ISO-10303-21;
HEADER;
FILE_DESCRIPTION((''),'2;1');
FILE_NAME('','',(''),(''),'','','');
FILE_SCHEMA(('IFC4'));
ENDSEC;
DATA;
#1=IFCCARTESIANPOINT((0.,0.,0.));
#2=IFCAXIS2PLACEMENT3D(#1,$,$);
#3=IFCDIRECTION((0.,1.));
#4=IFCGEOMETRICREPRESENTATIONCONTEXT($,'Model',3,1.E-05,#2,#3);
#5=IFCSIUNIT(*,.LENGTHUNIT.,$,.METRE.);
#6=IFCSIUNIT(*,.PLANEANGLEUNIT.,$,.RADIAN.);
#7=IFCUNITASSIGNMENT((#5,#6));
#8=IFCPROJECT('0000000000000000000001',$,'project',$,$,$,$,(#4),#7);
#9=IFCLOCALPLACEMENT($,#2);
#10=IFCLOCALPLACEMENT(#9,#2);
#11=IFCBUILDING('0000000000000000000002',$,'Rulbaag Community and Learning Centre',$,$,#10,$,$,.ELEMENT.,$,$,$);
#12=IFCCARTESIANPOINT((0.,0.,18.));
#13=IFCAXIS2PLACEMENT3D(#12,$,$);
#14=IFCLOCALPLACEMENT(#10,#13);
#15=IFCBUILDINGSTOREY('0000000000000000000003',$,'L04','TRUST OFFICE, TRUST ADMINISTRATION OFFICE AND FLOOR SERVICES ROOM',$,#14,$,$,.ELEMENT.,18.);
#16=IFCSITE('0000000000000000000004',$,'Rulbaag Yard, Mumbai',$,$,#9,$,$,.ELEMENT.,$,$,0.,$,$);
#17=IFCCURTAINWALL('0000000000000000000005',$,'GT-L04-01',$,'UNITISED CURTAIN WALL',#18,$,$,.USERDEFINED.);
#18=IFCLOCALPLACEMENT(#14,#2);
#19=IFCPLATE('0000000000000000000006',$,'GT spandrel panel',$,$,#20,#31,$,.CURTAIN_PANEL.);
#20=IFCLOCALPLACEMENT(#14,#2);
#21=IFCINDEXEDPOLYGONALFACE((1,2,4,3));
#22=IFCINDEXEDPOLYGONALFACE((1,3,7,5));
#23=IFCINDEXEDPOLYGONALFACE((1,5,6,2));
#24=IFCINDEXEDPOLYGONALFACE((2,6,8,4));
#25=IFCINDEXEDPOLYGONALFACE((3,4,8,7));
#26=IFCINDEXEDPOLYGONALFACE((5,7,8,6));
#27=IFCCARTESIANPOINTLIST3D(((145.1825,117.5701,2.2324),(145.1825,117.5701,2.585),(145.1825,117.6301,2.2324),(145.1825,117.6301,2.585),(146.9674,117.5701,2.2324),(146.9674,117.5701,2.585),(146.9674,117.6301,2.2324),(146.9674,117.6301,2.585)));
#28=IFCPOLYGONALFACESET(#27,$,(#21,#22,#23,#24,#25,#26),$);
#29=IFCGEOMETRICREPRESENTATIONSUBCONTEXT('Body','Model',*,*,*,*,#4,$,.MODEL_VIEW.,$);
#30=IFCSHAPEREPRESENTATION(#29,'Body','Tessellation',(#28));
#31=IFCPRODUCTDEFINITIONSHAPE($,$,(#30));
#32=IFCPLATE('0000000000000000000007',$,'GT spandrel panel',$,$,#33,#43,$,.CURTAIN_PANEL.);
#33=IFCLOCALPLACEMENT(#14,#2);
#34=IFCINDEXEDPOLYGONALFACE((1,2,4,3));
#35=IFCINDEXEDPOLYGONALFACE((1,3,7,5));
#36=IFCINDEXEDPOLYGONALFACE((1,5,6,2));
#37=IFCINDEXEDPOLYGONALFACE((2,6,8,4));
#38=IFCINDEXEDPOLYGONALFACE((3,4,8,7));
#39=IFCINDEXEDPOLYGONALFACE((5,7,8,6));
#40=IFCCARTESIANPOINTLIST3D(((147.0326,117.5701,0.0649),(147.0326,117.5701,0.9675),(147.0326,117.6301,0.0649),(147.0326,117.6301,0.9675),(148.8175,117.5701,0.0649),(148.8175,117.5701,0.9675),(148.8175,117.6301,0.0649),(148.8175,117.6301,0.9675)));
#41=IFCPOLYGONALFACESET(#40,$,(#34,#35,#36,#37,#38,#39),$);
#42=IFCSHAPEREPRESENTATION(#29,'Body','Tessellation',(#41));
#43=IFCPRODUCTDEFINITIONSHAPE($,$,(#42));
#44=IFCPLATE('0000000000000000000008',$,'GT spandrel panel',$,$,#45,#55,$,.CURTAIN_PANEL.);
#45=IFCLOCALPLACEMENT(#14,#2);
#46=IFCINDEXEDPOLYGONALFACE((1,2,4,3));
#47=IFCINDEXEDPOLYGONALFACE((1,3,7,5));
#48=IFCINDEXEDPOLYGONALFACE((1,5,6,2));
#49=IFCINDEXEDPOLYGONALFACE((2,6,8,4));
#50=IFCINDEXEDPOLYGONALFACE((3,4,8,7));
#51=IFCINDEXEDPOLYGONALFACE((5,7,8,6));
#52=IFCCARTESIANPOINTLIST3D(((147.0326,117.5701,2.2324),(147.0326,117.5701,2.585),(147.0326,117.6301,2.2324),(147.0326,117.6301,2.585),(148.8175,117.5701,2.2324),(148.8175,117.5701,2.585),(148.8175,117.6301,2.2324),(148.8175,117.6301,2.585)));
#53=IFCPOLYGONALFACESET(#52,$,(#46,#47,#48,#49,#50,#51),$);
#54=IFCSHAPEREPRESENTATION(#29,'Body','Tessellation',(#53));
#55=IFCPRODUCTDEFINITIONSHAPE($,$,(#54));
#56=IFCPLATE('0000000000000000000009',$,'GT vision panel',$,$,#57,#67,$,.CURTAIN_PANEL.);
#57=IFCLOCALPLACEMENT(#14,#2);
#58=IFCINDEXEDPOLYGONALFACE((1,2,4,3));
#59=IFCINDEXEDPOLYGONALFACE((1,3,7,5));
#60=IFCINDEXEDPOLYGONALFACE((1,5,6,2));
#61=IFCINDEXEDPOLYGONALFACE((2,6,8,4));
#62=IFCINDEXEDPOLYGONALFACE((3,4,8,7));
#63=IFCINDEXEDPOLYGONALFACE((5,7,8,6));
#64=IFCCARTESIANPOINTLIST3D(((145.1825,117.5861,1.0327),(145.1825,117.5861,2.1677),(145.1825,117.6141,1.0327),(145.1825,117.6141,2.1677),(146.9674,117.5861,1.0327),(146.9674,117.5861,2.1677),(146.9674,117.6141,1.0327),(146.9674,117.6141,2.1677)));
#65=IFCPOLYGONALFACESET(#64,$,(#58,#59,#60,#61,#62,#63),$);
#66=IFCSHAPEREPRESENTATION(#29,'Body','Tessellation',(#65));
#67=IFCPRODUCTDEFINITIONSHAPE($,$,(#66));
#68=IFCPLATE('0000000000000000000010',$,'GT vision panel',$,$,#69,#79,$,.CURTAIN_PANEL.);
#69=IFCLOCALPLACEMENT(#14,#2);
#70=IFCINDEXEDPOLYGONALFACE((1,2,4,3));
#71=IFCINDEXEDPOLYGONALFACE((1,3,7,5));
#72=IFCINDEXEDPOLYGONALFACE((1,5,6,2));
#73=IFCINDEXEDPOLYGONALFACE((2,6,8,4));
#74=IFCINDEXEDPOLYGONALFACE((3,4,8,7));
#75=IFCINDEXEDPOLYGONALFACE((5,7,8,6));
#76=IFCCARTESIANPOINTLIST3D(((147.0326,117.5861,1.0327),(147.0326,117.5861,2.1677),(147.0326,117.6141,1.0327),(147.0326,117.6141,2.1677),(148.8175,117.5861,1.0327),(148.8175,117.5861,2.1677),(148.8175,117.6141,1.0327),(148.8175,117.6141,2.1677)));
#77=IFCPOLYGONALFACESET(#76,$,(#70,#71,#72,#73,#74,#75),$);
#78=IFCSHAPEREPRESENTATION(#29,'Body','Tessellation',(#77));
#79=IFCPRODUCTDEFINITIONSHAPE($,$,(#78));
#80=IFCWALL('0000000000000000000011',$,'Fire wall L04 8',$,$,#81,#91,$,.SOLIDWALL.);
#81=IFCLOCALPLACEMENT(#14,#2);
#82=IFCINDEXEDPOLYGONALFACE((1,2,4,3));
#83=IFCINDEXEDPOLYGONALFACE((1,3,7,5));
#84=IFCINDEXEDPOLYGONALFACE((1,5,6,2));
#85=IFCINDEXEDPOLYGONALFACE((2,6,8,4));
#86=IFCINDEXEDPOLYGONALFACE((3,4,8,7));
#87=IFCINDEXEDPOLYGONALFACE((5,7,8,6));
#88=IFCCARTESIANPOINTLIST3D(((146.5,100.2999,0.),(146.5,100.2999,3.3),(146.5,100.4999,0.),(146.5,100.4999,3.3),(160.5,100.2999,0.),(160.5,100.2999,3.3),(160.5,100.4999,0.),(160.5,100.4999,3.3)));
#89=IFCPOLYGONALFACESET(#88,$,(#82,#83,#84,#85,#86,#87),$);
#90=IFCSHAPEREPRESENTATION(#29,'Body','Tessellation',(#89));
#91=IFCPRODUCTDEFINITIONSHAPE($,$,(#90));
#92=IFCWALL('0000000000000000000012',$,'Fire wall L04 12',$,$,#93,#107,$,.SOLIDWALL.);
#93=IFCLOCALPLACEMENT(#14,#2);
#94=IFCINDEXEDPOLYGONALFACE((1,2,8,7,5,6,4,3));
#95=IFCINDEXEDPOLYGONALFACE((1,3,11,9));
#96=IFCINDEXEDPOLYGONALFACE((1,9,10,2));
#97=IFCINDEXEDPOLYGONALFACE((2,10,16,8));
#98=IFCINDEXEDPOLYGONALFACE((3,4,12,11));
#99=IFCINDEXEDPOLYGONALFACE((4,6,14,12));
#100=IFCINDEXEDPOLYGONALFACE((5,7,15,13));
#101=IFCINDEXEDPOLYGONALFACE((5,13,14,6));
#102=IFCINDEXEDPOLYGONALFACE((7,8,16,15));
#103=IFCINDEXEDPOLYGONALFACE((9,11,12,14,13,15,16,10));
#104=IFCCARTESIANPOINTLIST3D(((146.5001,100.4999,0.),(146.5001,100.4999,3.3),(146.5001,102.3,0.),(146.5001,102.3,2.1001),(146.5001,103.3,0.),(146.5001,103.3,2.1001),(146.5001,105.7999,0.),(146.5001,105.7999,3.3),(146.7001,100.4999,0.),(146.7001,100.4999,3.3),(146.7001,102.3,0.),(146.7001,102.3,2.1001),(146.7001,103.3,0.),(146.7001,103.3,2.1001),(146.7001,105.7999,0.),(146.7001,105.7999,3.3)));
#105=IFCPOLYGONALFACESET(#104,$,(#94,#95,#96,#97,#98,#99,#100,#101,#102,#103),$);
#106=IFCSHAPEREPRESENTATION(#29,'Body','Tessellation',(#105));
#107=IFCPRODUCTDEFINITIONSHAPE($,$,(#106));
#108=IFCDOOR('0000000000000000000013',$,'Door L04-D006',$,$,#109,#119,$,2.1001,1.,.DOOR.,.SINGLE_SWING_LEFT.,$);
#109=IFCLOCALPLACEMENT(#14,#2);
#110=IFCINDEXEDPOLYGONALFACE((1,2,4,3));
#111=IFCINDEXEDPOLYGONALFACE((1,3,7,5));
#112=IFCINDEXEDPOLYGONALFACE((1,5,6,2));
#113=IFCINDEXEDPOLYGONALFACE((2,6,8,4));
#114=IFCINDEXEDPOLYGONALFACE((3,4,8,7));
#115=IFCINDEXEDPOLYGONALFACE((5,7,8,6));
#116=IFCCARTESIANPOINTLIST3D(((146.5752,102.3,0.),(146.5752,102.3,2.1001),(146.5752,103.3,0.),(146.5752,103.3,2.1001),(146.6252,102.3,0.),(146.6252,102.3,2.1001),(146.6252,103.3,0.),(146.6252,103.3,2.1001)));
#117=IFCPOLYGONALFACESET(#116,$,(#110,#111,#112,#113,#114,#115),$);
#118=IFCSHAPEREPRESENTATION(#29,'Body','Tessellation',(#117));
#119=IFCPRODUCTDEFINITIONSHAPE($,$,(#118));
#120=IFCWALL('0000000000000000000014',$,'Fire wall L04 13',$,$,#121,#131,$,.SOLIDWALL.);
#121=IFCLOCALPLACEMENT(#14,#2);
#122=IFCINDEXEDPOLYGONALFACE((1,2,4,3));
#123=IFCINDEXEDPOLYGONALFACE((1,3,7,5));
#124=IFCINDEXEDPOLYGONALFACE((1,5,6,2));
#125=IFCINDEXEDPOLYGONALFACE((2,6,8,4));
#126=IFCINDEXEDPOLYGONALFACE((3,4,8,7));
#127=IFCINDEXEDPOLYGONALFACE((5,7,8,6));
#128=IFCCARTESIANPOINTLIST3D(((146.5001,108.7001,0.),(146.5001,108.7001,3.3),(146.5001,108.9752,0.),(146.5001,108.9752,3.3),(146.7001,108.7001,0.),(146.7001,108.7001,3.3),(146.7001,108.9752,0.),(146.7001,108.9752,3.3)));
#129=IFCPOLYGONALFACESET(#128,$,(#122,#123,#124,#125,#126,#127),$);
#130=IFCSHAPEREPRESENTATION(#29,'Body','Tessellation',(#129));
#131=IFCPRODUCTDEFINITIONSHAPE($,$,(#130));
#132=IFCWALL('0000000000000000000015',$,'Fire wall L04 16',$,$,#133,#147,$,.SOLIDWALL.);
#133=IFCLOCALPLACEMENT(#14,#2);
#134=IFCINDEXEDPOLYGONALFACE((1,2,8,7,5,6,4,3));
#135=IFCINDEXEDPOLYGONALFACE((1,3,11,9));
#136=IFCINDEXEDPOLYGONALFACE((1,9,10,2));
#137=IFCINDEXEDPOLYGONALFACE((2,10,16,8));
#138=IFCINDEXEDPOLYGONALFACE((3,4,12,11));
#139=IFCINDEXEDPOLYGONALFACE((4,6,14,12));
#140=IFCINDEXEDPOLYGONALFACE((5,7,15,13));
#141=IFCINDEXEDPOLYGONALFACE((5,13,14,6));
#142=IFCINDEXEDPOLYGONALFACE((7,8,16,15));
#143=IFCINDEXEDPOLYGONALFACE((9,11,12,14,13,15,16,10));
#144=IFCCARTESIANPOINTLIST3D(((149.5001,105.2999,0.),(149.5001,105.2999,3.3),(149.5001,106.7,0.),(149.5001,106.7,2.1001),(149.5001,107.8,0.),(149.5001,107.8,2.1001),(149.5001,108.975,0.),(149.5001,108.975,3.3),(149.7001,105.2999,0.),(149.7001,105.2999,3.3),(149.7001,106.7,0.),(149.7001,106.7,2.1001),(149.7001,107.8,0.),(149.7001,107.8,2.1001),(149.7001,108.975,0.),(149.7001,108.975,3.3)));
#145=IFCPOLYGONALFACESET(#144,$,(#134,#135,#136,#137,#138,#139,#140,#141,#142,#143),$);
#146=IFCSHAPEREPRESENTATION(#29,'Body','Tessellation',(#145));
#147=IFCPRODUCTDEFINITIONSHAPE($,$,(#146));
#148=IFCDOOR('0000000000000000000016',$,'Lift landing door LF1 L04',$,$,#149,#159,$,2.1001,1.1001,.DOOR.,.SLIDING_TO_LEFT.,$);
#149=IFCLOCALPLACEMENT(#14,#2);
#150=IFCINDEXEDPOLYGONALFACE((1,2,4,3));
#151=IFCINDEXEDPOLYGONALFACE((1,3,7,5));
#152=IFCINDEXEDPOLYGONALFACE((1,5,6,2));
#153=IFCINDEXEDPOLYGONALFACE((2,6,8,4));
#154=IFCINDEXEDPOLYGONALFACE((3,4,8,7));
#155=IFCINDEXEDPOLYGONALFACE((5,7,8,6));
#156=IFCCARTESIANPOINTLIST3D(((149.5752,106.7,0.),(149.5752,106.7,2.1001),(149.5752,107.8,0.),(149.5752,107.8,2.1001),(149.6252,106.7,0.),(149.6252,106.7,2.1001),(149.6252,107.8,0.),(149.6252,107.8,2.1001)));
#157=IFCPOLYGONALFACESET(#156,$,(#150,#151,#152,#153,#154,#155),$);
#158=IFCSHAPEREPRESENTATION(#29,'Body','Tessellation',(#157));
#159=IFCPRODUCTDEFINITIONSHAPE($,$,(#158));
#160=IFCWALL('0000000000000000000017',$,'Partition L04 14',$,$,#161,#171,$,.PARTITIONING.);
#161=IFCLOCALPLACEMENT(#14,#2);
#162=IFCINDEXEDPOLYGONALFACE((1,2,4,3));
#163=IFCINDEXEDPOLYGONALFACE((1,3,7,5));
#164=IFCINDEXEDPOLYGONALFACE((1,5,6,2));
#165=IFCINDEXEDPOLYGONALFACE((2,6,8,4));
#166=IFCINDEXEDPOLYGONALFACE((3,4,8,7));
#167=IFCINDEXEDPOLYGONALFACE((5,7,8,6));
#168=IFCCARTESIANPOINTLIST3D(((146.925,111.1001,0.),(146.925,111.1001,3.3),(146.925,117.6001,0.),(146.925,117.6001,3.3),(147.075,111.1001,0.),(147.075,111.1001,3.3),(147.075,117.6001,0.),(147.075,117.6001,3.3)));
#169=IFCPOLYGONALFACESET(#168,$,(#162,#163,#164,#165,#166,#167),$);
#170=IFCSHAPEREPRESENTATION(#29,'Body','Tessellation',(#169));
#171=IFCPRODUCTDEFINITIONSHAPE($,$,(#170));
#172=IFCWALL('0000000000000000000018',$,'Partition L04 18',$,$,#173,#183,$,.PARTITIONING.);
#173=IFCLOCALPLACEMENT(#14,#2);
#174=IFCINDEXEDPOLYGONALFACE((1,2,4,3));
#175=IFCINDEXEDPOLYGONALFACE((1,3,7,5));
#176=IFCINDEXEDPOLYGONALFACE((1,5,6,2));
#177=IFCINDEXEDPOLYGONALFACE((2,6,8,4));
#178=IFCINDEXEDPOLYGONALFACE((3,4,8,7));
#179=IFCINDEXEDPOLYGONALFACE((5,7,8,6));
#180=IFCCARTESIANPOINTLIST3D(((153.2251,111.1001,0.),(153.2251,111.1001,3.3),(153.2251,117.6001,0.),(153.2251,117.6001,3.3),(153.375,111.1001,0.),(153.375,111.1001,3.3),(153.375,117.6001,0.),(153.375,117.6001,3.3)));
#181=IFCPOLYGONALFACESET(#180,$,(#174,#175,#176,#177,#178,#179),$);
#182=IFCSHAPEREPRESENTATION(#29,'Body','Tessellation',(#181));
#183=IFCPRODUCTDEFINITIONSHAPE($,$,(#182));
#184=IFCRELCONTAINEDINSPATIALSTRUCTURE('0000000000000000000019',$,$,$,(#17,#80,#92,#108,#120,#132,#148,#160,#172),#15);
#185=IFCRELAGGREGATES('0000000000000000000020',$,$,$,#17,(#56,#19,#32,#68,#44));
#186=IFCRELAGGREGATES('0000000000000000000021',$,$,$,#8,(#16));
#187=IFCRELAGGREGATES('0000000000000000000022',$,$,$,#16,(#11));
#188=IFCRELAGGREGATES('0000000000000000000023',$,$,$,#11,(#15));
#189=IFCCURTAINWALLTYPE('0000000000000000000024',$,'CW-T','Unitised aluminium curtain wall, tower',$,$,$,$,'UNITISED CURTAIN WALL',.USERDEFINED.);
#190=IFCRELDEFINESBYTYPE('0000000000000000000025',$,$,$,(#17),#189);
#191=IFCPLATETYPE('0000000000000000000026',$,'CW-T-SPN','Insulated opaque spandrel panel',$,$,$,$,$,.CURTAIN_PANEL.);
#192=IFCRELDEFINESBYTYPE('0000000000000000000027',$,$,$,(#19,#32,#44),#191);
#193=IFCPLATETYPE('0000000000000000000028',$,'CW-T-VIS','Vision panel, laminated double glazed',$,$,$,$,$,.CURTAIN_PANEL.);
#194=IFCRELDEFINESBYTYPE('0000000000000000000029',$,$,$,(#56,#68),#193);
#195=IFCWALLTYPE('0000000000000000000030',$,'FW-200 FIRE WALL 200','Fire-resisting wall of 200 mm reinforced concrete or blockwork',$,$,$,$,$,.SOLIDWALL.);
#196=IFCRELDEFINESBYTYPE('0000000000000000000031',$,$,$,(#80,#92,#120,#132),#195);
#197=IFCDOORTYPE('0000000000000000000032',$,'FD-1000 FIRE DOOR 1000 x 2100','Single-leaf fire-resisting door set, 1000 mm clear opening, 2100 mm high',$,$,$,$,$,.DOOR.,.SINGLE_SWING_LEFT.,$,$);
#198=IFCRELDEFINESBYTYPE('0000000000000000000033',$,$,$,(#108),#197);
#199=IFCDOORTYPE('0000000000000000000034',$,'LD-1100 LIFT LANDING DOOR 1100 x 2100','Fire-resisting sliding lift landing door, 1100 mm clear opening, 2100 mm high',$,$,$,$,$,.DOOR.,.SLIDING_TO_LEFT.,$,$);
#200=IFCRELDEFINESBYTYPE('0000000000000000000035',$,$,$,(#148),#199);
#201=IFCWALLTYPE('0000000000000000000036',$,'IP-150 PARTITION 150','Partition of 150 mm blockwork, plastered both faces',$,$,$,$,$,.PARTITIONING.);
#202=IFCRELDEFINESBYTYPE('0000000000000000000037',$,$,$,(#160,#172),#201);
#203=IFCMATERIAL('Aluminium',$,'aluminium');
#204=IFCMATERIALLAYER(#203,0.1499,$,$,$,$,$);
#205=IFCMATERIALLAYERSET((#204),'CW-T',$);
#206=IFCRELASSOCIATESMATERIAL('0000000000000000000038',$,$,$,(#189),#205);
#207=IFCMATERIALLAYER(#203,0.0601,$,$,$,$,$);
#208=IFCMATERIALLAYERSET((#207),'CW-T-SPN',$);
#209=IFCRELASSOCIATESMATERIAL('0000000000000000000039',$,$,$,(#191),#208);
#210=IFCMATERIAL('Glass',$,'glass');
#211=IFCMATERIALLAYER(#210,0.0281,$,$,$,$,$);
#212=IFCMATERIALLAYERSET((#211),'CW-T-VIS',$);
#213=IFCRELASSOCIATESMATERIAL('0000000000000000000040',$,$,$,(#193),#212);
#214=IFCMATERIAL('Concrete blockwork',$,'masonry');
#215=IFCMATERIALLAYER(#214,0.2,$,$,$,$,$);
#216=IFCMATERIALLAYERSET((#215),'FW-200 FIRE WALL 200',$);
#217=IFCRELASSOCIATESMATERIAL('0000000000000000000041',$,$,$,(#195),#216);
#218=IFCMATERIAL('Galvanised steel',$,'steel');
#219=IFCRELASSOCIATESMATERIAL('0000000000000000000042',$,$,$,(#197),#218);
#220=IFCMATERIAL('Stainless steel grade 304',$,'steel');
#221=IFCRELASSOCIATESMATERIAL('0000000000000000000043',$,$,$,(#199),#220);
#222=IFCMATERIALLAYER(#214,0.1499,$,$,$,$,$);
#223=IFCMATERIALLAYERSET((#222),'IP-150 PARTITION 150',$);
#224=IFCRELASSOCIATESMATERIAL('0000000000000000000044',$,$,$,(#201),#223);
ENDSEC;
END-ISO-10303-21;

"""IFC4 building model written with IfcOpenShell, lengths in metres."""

from ifc_helpers import new_model, si_unit, direction, frame, frame_2d, origin, origin_2d, place, context, subcontext, project, spatial, rectangle, extrude, material, layer, layer_set, type_object, element, fill, aggregate, save


model = new_model("IFC4")

# Units and contexts
model_context = context("Model", 3, precision=1e-05, world=origin(), true_north=direction((0.0, 1.0)))
body_context = subcontext(model_context, "Body", "Model", "MODEL_VIEW")
ifc_project = project(units=[si_unit("LENGTHUNIT", "METRE"), si_unit("PLANEANGLEUNIT", "RADIAN")], contexts=[model_context])

# Site, building, storey
site_placement = place(None, origin())
site = spatial("IfcSite", under=ifc_project, at=site_placement, Name="Rulbaag Yard, Mumbai", CompositionType="ELEMENT", RefElevation=0.0)
building_placement = place(site_placement, origin())
building = spatial("IfcBuilding", under=site, at=building_placement, Name="Rulbaag Community and Learning Centre", CompositionType="ELEMENT")
storey_placement = place(building_placement, frame((0.0, 0.0, 18.0)))
storey = spatial("IfcBuildingStorey", under=building, at=storey_placement, Name="L04", Description="TRUST OFFICE, TRUST ADMINISTRATION OFFICE AND FLOOR SERVICES ROOM", CompositionType="ELEMENT", Elevation=18.0)

# Curtain wall, plates
ifc_material_1 = material(Name="Aluminium", Category="aluminium")
ifc_layer_1 = layer(ifc_material_1, 0.1499)
ifc_layer_set_1 = layer_set([ifc_layer_1], Name="CW-T")
curtain_wall_type = type_object("IfcCurtainWallType", Name="CW-T", Description="Unitised aluminium curtain wall, tower", ElementType="UNITISED CURTAIN WALL", PredefinedType="USERDEFINED", material=ifc_layer_set_1)
curtain_wall_placement = place(storey_placement, origin())
curtain_wall = element("IfcCurtainWall", 1, at=curtain_wall_placement, inside=storey, type_object=curtain_wall_type, Name="GT-L04-01", ObjectType="UNITISED CURTAIN WALL", PredefinedType="USERDEFINED")
ifc_layer_2 = layer(ifc_material_1, 0.0601)
ifc_layer_set_2 = layer_set([ifc_layer_2], Name="CW-T-SPN")
plate_type_1 = type_object("IfcPlateType", Name="CW-T-SPN", Description="Insulated opaque spandrel panel", PredefinedType="CURTAIN_PANEL", material=ifc_layer_set_2)
plate_1_placement = place(storey_placement, frame((146.075, 117.6001, 2.2324), z_axis=(0.0, 0.0, 1.0), x_axis=(1.0, 0.0, 0.0)))
plate_1 = element("IfcPlate", 2, at=plate_1_placement, type_object=plate_type_1, Name="GT spandrel panel", PredefinedType="CURTAIN_PANEL", context=body_context, shape_type="SweptSolid", body=[
    extrude(rectangle(XDim=1.7849, YDim=0.0601, at=origin_2d()), origin(), (0.0, 0.0, 1.0), 0.3525),
])
plate_2_placement = place(storey_placement, frame((147.925, 117.6001, 0.0649), z_axis=(0.0, 0.0, 1.0), x_axis=(1.0, 0.0, 0.0)))
plate_2 = element("IfcPlate", 3, at=plate_2_placement, type_object=plate_type_1, Name="GT spandrel panel", PredefinedType="CURTAIN_PANEL", context=body_context, shape_type="SweptSolid", body=[
    extrude(rectangle(XDim=1.7849, YDim=0.0601, at=origin_2d()), origin(), (0.0, 0.0, 1.0), 0.9026),
])
plate_3_placement = place(storey_placement, frame((147.925, 117.6001, 2.2324), z_axis=(0.0, 0.0, 1.0), x_axis=(1.0, 0.0, 0.0)))
plate_3 = element("IfcPlate", 4, at=plate_3_placement, type_object=plate_type_1, Name="GT spandrel panel", PredefinedType="CURTAIN_PANEL", context=body_context, shape_type="SweptSolid", body=[
    extrude(rectangle(XDim=1.7849, YDim=0.0601, at=origin_2d()), origin(), (0.0, 0.0, 1.0), 0.3525),
])
ifc_material_2 = material(Name="Glass", Category="glass")
ifc_layer_3 = layer(ifc_material_2, 0.0281)
ifc_layer_set_3 = layer_set([ifc_layer_3], Name="CW-T-VIS")
plate_type_2 = type_object("IfcPlateType", Name="CW-T-VIS", Description="Vision panel, laminated double glazed", PredefinedType="CURTAIN_PANEL", material=ifc_layer_set_3)
plate_4_placement = place(storey_placement, frame((146.075, 117.6001, 1.0327), z_axis=(0.0, 0.0, 1.0), x_axis=(1.0, 0.0, 0.0)))
plate_4 = element("IfcPlate", 5, at=plate_4_placement, type_object=plate_type_2, Name="GT vision panel", PredefinedType="CURTAIN_PANEL", context=body_context, shape_type="SweptSolid", body=[
    extrude(rectangle(XDim=1.7849, YDim=0.0281, at=origin_2d()), origin(), (0.0, 0.0, 1.0), 1.135),
])
plate_5_placement = place(storey_placement, frame((147.925, 117.6001, 1.0327), z_axis=(0.0, 0.0, 1.0), x_axis=(1.0, 0.0, 0.0)))
plate_5 = element("IfcPlate", 6, at=plate_5_placement, type_object=plate_type_2, Name="GT vision panel", PredefinedType="CURTAIN_PANEL", context=body_context, shape_type="SweptSolid", body=[
    extrude(rectangle(XDim=1.7849, YDim=0.0281, at=origin_2d()), origin(), (0.0, 0.0, 1.0), 1.135),
])
aggregate(curtain_wall, [plate_4, plate_1, plate_2, plate_5, plate_3])

# Wall
ifc_material_3 = material(Name="Concrete blockwork", Category="masonry")
ifc_layer_4 = layer(ifc_material_3, 0.2)
ifc_layer_set_4 = layer_set([ifc_layer_4], Name="FW-200 FIRE WALL 200")
wall_type_1 = type_object("IfcWallType", Name="FW-200 FIRE WALL 200", Description="Fire-resisting wall of 200 mm reinforced concrete or blockwork", PredefinedType="SOLIDWALL", material=ifc_layer_set_4)
wall_1_placement = place(storey_placement, frame((146.5, 100.3999, 0.0), z_axis=(0.0, 0.0, 1.0), x_axis=(1.0, 0.0, 0.0)))
element("IfcWall", 7, at=wall_1_placement, inside=storey, type_object=wall_type_1, Name="Fire wall L04 8", PredefinedType="SOLIDWALL", context=body_context, shape_type="SweptSolid", body=[
    extrude(rectangle(XDim=14.0, YDim=0.2, at=frame_2d((7.0, 0.0))), origin(), (0.0, 0.0, 1.0), 3.3),
])

# Wall, opening, door
wall_2_placement = place(storey_placement, frame((146.6001, 100.5, 0.0), z_axis=(0.0, 0.0, 1.0), x_axis=(0.0, 1.0, 0.0)))
wall_2 = element("IfcWall", 8, at=wall_2_placement, inside=storey, type_object=wall_type_1, Name="Fire wall L04 12", PredefinedType="SOLIDWALL", context=body_context, shape_type="SweptSolid", body=[
    extrude(rectangle(XDim=5.3, YDim=0.2, at=frame_2d((2.6499, 0.0))), origin(), (0.0, 0.0, 1.0), 3.3),
])
opening_1_placement = place(wall_2_placement, frame((1.8, 0.0, 0.0)))
opening_1 = element("IfcOpeningElement", 9, at=opening_1_placement, cuts=wall_2, PredefinedType="OPENING", context=body_context, shape_type="SweptSolid", body=[
    extrude(rectangle(XDim=1.0, YDim=2.1001, at=frame_2d((0.5, 1.05))), frame((0.0, 0.1099, 0.0), z_axis=(0.0, -1.0, 0.0), x_axis=(1.0, 0.0, 0.0)), (0.0, 0.0, 1.0), 0.22),
])
ifc_material_4 = material(Name="Galvanised steel", Category="steel")
door_type_1 = type_object("IfcDoorType", Name="FD-1000 FIRE DOOR 1000 x 2100", Description="Single-leaf fire-resisting door set, 1000 mm clear opening, 2100 mm high", OperationType="SINGLE_SWING_LEFT", PredefinedType="DOOR", material=ifc_material_4)
door_1_placement = place(opening_1_placement, origin())
door_1 = element("IfcDoor", 10, at=door_1_placement, inside=storey, type_object=door_type_1, Name="Door L04-D006", OperationType="SINGLE_SWING_LEFT", OverallHeight=2.1001, OverallWidth=1.0, PredefinedType="DOOR", context=body_context, shape_type="SweptSolid", body=[
    extrude(rectangle(XDim=1.0, YDim=2.1001, at=frame_2d((0.5, 1.05))), frame((0.0, 0.0249, 0.0), z_axis=(0.0, -1.0, 0.0), x_axis=(1.0, 0.0, 0.0)), (0.0, 0.0, 1.0), 0.05),
])
fill(opening_1, door_1)

# Wall
wall_3_placement = place(storey_placement, frame((146.6001, 108.7, 0.0), z_axis=(0.0, 0.0, 1.0), x_axis=(0.0, 1.0, 0.0)))
element("IfcWall", 11, at=wall_3_placement, inside=storey, type_object=wall_type_1, Name="Fire wall L04 13", PredefinedType="SOLIDWALL", context=body_context, shape_type="SweptSolid", body=[
    extrude(rectangle(XDim=0.2751, YDim=0.2, at=frame_2d((0.1377, 0.0))), origin(), (0.0, 0.0, 1.0), 3.3),
])

# Wall, opening, door
wall_4_placement = place(storey_placement, frame((149.6001, 105.3, 0.0), z_axis=(0.0, 0.0, 1.0), x_axis=(0.0, 1.0, 0.0)))
wall_4 = element("IfcWall", 12, at=wall_4_placement, inside=storey, type_object=wall_type_1, Name="Fire wall L04 16", PredefinedType="SOLIDWALL", context=body_context, shape_type="SweptSolid", body=[
    extrude(rectangle(XDim=3.675, YDim=0.2, at=frame_2d((1.8374, 0.0))), origin(), (0.0, 0.0, 1.0), 3.3),
])
opening_2_placement = place(wall_4_placement, frame((1.3999, 0.0, 0.0)))
opening_2 = element("IfcOpeningElement", 13, at=opening_2_placement, cuts=wall_4, PredefinedType="OPENING", context=body_context, shape_type="SweptSolid", body=[
    extrude(rectangle(XDim=1.1001, YDim=2.1001, at=frame_2d((0.55, 1.05))), frame((0.0, 0.1099, 0.0), z_axis=(0.0, -1.0, 0.0), x_axis=(1.0, 0.0, 0.0)), (0.0, 0.0, 1.0), 0.22),
])
ifc_material_5 = material(Name="Stainless steel grade 304", Category="steel")
door_type_2 = type_object("IfcDoorType", Name="LD-1100 LIFT LANDING DOOR 1100 x 2100", Description="Fire-resisting sliding lift landing door, 1100 mm clear opening, 2100 mm high", OperationType="SLIDING_TO_LEFT", PredefinedType="DOOR", material=ifc_material_5)
door_2_placement = place(opening_2_placement, origin())
door_2 = element("IfcDoor", 14, at=door_2_placement, inside=storey, type_object=door_type_2, Name="Lift landing door LF1 L04", OperationType="SLIDING_TO_LEFT", OverallHeight=2.1001, OverallWidth=1.1001, PredefinedType="DOOR", context=body_context, shape_type="SweptSolid", body=[
    extrude(rectangle(XDim=1.1001, YDim=2.1001, at=frame_2d((0.55, 1.05))), frame((0.0, 0.0249, 0.0), z_axis=(0.0, -1.0, 0.0), x_axis=(1.0, 0.0, 0.0)), (0.0, 0.0, 1.0), 0.05),
])
fill(opening_2, door_2)

# Walls
ifc_layer_5 = layer(ifc_material_3, 0.1499)
ifc_layer_set_5 = layer_set([ifc_layer_5], Name="IP-150 PARTITION 150")
wall_type_2 = type_object("IfcWallType", Name="IP-150 PARTITION 150", Description="Partition of 150 mm blockwork, plastered both faces", PredefinedType="PARTITIONING", material=ifc_layer_set_5)
for number, where, z_axis, x_axis, name in (
    (15, (147.0, 111.1001, 0.0), (0.0, 0.0, 1.0), (0.0, 1.0, 0.0), "Partition L04 14"),
    (16, (153.3, 111.1001, 0.0), (0.0, 0.0, 1.0), (0.0, 1.0, 0.0), "Partition L04 18"),
):
    element("IfcWall", number, at=place(storey_placement, frame(where, z_axis=z_axis, x_axis=x_axis)), inside=storey, type_object=wall_type_2, Name=name, PredefinedType="PARTITIONING", context=body_context, shape_type="SweptSolid", body=[
        extrude(rectangle(XDim=6.5, YDim=0.1499, at=frame_2d((3.25, 0.0))), origin(), (0.0, 0.0, 1.0), 3.3),
    ])

save(model, "model.ifc")
